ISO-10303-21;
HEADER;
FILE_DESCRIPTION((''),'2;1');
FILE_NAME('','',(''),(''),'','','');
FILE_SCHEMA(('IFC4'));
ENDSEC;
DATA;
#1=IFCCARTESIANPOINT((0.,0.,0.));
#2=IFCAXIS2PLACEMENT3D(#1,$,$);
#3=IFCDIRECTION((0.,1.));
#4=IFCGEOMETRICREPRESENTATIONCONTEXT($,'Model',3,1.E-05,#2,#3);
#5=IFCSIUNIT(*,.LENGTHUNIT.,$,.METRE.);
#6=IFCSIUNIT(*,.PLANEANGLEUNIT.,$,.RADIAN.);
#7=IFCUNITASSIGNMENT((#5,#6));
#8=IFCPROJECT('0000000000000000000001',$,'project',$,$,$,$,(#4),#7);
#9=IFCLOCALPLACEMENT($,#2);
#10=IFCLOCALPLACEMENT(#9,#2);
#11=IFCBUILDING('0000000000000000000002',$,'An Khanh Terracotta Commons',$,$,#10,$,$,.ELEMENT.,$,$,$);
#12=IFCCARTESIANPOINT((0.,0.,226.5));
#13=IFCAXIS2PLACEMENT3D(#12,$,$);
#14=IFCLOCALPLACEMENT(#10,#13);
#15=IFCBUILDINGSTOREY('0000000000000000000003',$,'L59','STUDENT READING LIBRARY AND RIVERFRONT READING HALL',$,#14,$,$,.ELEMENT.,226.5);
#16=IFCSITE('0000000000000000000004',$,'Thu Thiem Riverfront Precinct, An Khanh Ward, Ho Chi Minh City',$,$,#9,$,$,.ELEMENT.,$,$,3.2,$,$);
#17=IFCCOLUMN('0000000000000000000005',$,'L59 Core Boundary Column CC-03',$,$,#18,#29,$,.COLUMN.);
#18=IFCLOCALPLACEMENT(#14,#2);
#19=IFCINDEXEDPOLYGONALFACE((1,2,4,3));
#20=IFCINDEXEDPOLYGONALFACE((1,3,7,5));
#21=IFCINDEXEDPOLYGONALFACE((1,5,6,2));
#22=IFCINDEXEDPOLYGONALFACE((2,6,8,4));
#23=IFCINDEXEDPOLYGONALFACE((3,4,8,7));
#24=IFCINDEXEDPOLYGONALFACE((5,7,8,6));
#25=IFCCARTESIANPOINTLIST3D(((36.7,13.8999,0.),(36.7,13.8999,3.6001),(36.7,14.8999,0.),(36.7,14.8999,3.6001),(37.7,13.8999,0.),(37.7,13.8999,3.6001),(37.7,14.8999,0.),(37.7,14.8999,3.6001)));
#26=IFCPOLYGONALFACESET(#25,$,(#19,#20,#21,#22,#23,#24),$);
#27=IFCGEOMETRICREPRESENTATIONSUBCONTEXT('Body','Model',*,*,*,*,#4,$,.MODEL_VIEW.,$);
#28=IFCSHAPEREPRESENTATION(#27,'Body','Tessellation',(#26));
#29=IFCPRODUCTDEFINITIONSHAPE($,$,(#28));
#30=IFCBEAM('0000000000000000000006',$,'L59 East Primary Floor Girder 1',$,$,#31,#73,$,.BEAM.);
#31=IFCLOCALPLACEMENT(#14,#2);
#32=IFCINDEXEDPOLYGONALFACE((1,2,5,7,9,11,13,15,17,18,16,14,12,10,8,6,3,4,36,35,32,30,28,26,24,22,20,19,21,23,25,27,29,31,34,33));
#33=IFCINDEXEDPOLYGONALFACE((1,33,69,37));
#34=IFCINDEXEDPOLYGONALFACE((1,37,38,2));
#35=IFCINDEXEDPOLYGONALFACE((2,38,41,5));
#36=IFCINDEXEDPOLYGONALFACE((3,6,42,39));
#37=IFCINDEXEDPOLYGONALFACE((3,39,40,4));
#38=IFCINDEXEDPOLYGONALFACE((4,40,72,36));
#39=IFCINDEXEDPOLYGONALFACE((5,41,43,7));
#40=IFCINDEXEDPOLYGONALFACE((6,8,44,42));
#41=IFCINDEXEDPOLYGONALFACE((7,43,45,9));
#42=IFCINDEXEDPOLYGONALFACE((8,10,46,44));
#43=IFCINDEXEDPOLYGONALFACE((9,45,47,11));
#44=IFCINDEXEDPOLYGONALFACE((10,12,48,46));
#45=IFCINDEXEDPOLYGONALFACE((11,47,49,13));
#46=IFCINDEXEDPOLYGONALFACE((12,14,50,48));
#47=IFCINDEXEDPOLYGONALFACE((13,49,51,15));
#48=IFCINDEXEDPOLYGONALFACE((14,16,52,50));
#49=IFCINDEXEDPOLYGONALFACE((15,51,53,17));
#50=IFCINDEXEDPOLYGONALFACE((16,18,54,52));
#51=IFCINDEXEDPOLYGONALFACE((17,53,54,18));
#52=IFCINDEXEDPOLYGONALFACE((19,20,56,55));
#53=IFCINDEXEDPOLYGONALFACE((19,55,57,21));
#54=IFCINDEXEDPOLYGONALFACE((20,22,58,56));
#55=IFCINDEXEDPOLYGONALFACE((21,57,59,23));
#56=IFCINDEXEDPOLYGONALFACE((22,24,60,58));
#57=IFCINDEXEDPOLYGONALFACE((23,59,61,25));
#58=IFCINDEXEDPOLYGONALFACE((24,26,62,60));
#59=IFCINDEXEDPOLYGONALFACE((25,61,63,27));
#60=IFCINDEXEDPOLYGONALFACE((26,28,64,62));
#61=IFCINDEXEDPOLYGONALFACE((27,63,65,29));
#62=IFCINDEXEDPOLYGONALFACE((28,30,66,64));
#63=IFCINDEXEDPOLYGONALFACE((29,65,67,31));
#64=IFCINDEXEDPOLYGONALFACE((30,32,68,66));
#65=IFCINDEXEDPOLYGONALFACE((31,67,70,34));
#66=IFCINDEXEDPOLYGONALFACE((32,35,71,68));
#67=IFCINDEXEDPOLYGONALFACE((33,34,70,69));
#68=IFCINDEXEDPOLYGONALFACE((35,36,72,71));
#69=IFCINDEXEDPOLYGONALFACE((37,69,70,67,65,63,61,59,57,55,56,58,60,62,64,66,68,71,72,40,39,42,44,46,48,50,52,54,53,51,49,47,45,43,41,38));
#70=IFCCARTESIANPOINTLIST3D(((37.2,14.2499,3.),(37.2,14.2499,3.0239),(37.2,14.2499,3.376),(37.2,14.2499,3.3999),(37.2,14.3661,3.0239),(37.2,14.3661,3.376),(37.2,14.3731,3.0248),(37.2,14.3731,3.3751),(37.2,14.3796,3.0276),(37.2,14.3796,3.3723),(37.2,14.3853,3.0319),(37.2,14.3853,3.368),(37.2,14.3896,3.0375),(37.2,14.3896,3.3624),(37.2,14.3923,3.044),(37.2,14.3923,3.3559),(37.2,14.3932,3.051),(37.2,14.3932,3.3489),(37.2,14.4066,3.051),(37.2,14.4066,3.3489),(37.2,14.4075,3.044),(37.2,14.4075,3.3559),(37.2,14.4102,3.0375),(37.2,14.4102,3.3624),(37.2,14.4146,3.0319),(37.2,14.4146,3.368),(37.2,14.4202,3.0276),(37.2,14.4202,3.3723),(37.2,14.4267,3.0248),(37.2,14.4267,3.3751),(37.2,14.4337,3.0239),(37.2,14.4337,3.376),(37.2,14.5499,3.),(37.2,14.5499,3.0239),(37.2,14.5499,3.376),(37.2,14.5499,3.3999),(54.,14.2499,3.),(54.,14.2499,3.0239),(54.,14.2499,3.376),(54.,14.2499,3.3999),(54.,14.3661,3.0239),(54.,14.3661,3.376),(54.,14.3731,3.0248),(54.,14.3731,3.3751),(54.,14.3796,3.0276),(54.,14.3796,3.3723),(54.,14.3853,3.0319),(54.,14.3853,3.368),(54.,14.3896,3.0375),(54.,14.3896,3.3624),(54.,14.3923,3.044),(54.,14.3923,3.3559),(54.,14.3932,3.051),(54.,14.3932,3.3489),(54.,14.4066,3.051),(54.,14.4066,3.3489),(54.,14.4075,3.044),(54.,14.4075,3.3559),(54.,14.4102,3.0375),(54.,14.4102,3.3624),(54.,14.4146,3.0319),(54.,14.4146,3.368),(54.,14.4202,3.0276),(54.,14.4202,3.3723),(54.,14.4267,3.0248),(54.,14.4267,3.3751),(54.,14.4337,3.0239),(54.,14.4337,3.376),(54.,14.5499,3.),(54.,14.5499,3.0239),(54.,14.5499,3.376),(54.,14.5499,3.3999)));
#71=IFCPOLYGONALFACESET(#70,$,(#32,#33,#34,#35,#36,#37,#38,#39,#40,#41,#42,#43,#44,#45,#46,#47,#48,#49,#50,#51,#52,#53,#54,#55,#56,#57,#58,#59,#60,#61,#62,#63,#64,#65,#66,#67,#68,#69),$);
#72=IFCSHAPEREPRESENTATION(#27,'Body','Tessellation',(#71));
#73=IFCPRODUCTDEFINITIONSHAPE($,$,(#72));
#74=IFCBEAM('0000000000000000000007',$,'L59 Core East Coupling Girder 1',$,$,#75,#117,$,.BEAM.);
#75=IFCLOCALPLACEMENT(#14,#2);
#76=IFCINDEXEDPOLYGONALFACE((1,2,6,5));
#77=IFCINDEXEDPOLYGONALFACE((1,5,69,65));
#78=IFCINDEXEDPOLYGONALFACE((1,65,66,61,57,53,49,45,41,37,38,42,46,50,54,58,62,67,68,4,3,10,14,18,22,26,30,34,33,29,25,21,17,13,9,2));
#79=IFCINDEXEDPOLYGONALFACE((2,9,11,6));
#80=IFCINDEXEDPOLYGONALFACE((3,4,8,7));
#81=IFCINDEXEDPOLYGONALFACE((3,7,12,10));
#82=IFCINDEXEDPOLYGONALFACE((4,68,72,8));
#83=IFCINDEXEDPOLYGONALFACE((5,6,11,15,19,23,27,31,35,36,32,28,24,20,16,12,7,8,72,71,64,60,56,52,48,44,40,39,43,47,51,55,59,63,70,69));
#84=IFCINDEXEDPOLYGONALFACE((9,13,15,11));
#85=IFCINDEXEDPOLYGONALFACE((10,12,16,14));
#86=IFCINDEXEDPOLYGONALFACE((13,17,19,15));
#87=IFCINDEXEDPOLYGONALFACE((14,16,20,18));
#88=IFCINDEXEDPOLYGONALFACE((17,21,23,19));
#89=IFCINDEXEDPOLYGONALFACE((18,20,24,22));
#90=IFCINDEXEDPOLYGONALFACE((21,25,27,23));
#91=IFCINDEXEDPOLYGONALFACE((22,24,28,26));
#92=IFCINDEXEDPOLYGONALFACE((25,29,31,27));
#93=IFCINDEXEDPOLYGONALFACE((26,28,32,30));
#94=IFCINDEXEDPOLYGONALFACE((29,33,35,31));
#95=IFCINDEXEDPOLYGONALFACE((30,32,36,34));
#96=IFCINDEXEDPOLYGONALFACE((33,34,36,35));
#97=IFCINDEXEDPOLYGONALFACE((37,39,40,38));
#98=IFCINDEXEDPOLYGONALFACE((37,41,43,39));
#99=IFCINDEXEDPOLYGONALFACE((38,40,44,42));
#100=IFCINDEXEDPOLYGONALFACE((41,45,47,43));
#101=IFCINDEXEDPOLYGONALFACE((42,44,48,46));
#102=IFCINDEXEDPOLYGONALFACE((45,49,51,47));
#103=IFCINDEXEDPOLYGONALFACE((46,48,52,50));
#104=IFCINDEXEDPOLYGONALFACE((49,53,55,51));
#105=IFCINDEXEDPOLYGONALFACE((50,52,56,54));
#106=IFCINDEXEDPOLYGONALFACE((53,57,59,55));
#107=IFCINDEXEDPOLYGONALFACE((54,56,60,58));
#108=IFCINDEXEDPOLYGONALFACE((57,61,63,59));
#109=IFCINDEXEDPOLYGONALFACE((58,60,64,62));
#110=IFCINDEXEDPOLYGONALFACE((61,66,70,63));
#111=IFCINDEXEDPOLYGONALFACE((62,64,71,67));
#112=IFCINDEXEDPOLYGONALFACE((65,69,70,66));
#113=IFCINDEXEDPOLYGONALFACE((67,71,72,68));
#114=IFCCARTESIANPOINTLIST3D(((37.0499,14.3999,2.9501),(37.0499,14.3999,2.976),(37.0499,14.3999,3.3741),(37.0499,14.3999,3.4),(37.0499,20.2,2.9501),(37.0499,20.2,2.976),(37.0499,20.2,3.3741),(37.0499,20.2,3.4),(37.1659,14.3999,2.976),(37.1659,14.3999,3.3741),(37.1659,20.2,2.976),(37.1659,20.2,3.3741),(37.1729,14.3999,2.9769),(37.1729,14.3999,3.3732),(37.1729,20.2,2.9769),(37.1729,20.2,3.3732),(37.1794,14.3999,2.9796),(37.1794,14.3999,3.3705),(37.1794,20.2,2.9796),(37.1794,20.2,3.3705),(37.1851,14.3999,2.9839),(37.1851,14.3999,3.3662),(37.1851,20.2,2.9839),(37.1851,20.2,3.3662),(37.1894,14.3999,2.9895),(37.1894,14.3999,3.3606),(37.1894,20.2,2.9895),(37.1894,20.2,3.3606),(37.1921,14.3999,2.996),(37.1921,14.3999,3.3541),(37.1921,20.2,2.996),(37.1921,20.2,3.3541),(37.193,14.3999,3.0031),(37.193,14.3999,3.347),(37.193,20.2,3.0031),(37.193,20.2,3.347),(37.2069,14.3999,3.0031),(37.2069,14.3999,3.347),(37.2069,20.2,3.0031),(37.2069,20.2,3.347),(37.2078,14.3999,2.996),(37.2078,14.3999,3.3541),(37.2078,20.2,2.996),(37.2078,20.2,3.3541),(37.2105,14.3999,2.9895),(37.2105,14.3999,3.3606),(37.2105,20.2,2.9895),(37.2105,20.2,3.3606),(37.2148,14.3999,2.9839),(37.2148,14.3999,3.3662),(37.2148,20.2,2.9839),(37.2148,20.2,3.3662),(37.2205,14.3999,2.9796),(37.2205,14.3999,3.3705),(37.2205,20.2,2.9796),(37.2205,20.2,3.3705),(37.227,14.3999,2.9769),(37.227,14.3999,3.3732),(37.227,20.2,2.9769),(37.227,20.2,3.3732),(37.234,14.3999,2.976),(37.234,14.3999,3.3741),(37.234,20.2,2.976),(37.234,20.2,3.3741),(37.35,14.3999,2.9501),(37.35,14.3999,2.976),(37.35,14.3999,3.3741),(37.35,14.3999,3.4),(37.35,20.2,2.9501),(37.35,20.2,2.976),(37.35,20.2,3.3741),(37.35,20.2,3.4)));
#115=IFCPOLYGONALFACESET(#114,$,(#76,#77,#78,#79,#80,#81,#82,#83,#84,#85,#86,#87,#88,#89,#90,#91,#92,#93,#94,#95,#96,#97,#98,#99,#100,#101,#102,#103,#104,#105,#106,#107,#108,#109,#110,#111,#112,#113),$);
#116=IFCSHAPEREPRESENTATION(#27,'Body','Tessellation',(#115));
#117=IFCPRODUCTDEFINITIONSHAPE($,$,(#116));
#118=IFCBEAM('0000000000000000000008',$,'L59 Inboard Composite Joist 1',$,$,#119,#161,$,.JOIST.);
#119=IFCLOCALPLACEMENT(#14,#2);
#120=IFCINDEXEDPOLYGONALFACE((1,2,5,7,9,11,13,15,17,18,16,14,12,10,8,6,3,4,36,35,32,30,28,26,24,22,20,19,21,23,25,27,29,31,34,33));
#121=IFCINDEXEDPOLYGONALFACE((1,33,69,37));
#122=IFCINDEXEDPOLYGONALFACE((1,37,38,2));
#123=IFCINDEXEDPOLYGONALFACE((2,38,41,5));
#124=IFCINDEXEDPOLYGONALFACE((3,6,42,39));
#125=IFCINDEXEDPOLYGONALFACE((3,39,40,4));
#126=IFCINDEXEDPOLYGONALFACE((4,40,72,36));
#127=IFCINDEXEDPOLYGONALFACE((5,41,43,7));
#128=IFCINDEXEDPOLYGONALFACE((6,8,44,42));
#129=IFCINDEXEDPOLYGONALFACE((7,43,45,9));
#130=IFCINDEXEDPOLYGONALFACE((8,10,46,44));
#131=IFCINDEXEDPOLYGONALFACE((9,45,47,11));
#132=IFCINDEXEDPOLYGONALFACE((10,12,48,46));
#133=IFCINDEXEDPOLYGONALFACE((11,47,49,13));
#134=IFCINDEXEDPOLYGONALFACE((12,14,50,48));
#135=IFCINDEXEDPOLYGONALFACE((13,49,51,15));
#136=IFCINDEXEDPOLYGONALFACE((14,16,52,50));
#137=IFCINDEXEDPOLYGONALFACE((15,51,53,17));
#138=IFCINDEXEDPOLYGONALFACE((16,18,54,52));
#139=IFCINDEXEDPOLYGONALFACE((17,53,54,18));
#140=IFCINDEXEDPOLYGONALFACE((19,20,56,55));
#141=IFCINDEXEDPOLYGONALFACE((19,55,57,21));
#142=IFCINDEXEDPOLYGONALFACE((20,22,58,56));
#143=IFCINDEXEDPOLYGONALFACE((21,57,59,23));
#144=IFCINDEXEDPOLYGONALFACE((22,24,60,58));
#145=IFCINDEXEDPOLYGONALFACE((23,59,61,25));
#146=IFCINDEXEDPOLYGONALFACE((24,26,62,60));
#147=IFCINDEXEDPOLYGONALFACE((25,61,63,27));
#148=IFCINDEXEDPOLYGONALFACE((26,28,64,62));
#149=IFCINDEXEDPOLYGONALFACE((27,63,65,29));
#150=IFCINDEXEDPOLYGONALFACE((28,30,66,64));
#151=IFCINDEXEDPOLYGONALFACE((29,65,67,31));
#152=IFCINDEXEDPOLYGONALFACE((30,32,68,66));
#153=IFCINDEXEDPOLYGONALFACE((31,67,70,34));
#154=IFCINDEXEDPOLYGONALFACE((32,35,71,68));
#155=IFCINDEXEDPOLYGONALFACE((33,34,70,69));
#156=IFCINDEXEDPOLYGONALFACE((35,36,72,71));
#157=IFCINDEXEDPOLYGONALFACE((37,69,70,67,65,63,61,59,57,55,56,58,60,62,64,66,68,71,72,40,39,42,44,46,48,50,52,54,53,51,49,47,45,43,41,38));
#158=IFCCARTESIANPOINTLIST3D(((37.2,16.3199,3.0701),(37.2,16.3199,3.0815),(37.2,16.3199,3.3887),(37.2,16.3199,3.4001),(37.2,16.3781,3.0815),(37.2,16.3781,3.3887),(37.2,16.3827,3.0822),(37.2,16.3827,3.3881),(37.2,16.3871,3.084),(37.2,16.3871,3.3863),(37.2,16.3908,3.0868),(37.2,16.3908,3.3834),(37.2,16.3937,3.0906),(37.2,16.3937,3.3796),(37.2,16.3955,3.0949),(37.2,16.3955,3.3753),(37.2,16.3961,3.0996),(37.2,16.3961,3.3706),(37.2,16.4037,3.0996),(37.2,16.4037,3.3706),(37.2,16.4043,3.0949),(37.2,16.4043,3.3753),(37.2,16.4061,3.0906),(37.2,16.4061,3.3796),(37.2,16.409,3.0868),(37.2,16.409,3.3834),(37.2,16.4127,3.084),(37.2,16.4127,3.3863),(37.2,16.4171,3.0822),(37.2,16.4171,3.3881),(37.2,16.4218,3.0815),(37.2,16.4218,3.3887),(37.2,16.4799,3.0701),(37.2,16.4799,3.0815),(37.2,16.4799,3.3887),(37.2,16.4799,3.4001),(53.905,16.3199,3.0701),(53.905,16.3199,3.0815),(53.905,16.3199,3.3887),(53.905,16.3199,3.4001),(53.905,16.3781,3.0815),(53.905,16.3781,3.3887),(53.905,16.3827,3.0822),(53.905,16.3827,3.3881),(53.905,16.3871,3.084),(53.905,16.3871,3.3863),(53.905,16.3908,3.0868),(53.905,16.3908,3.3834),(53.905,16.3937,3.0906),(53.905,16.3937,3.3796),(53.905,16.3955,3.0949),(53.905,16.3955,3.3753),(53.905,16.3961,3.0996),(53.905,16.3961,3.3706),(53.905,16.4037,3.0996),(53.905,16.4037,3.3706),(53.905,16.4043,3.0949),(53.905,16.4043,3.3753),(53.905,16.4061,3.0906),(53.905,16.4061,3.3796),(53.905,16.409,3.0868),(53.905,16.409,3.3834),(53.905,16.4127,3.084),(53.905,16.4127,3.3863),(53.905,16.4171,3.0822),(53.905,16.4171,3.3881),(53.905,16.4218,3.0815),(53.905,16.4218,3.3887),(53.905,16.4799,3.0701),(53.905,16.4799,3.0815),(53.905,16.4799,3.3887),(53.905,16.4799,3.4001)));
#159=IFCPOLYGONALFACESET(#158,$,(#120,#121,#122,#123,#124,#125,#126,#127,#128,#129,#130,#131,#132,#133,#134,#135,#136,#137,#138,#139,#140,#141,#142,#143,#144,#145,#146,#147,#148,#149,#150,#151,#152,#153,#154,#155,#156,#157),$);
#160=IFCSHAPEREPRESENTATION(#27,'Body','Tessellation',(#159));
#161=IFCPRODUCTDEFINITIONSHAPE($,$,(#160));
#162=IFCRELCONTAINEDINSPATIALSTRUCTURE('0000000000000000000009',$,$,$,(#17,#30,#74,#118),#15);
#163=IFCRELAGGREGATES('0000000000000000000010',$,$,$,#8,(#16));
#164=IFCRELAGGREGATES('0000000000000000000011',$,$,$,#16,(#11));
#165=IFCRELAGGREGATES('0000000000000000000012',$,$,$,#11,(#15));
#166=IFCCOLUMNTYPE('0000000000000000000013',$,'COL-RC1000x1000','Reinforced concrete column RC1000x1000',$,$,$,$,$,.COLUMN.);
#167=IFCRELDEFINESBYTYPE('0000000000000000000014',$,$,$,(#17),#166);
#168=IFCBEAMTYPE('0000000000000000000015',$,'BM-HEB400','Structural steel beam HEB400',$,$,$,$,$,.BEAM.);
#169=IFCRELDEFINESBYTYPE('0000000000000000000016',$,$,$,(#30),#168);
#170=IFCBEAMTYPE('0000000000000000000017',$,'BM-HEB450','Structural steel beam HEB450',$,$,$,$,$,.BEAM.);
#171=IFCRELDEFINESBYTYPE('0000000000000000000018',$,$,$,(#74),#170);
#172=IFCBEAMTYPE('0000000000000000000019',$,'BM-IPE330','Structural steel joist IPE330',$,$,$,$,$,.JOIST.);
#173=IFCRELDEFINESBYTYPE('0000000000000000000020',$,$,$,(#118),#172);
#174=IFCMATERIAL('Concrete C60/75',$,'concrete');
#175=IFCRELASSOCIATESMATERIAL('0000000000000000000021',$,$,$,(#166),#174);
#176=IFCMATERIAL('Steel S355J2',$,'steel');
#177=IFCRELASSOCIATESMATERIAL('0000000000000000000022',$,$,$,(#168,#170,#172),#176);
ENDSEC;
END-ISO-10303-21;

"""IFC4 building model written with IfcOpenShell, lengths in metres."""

from ifc_helpers import new_model, si_unit, direction, frame, origin, origin_2d, place, context, subcontext, project, spatial, rectangle, i_section, extrude, material, material_profile, profile_set, type_object, element, save


model = new_model("IFC4")

# Units and contexts
model_context = context("Model", 3, precision=1e-05, world=origin(), true_north=direction((0.0, 1.0)))
body_context = subcontext(model_context, "Body", "Model", "MODEL_VIEW")
ifc_project = project(units=[si_unit("LENGTHUNIT", "METRE"), si_unit("PLANEANGLEUNIT", "RADIAN")], contexts=[model_context])

# Site, building, storey
site_placement = place(None, origin())
site = spatial("IfcSite", under=ifc_project, at=site_placement, Name="Thu Thiem Riverfront Precinct, An Khanh Ward, Ho Chi Minh City", CompositionType="ELEMENT", RefElevation=3.2)
building_placement = place(site_placement, origin())
building = spatial("IfcBuilding", under=site, at=building_placement, Name="An Khanh Terracotta Commons", CompositionType="ELEMENT")
storey_placement = place(building_placement, frame((0.0, 0.0, 226.5)))
storey = spatial("IfcBuildingStorey", under=building, at=storey_placement, Name="L59", Description="STUDENT READING LIBRARY AND RIVERFRONT READING HALL", CompositionType="ELEMENT", Elevation=226.5)

# Column
ifc_material_1 = material(Name="Concrete C60/75", Category="concrete")
ifc_material_profile_1 = material_profile(ifc_material_1, rectangle(XDim=1.0, YDim=1.0, at=origin_2d()), Name="RC1000x1000")
ifc_profile_set_1 = profile_set([ifc_material_profile_1], Name="Concrete C60/75")
column_type = type_object("IfcColumnType", Name="COL-RC1000x1000", Description="Reinforced concrete column RC1000x1000", PredefinedType="COLUMN", material=ifc_profile_set_1)
column_placement = place(storey_placement, frame((37.2, 14.3999, 0.0), z_axis=(0.0, 0.0, 1.0), x_axis=(1.0, 0.0, 0.0)))
element("IfcColumn", 1, at=column_placement, inside=storey, type_object=column_type, Name="L59 Core Boundary Column CC-03", PredefinedType="COLUMN", context=body_context, shape_type="SweptSolid", body=[
    extrude(rectangle(XDim=1.0, YDim=1.0, at=origin_2d()), origin(), (0.0, 0.0, 1.0), 3.6001),
])

# Beams
ifc_material_2 = material(Name="Steel S355J2", Category="steel")
ifc_material_profile_2 = material_profile(ifc_material_2, i_section(OverallWidth=0.3, OverallDepth=0.3999, WebThickness=0.0134, FlangeThickness=0.0239, FilletRadius=0.0271, at=origin_2d()), Name="HEB400")
ifc_profile_set_2 = profile_set([ifc_material_profile_2], Name="Steel S355J2")
beam_type_1 = type_object("IfcBeamType", Name="BM-HEB400", Description="Structural steel beam HEB400", PredefinedType="BEAM", material=ifc_profile_set_2)
beam_1_placement = place(storey_placement, frame((37.2, 14.3999, 3.2), z_axis=(1.0, 0.0, 0.0), x_axis=(0.0, 1.0, 0.0)))
element("IfcBeam", 2, at=beam_1_placement, inside=storey, type_object=beam_type_1, Name="L59 East Primary Floor Girder 1", PredefinedType="BEAM", context=body_context, shape_type="SweptSolid", body=[
    extrude(i_section(OverallWidth=0.3, OverallDepth=0.3999, WebThickness=0.0134, FlangeThickness=0.0239, FilletRadius=0.0271, at=origin_2d()), origin(), (0.0, 0.0, 1.0), 16.8),
])
ifc_material_profile_3 = material_profile(ifc_material_2, i_section(OverallWidth=0.3, OverallDepth=0.45, WebThickness=0.0139, FlangeThickness=0.0259, FilletRadius=0.0271, at=origin_2d()), Name="HEB450")
ifc_profile_set_3 = profile_set([ifc_material_profile_3], Name="Steel S355J2")
beam_type_2 = type_object("IfcBeamType", Name="BM-HEB450", Description="Structural steel beam HEB450", PredefinedType="BEAM", material=ifc_profile_set_3)
beam_2_placement = place(storey_placement, frame((37.2, 14.3999, 3.175), z_axis=(0.0, 1.0, 0.0), x_axis=(-1.0, 0.0, 0.0)))
element("IfcBeam", 3, at=beam_2_placement, inside=storey, type_object=beam_type_2, Name="L59 Core East Coupling Girder 1", PredefinedType="BEAM", context=body_context, shape_type="SweptSolid", body=[
    extrude(i_section(OverallWidth=0.3, OverallDepth=0.45, WebThickness=0.0139, FlangeThickness=0.0259, FilletRadius=0.0271, at=origin_2d()), origin(), (0.0, 0.0, 1.0), 5.8),
])
ifc_material_profile_4 = material_profile(ifc_material_2, i_section(OverallWidth=0.1599, OverallDepth=0.3301, WebThickness=0.0076, FlangeThickness=0.0115, FilletRadius=0.0181, at=origin_2d()), Name="IPE330")
ifc_profile_set_4 = profile_set([ifc_material_profile_4], Name="Steel S355J2")
beam_type_3 = type_object("IfcBeamType", Name="BM-IPE330", Description="Structural steel joist IPE330", PredefinedType="JOIST", material=ifc_profile_set_4)
for number, where, z_axis, x_axis, name in (
    (4, (37.2, 16.3999, 3.2351), (1.0, 0.0, 0.0), (0.0, 1.0, 0.0), "L59 Inboard Composite Joist 1"),
):
    element("IfcBeam", number, at=place(storey_placement, frame(where, z_axis=z_axis, x_axis=x_axis)), inside=storey, type_object=beam_type_3, Name=name, PredefinedType="JOIST", context=body_context, shape_type="SweptSolid", body=[
        extrude(i_section(OverallWidth=0.1599, OverallDepth=0.3301, WebThickness=0.0076, FlangeThickness=0.0115, FilletRadius=0.0181, at=origin_2d()), origin(), (0.0, 0.0, 1.0), 16.7051),
    ])

save(model, "model.ifc")
